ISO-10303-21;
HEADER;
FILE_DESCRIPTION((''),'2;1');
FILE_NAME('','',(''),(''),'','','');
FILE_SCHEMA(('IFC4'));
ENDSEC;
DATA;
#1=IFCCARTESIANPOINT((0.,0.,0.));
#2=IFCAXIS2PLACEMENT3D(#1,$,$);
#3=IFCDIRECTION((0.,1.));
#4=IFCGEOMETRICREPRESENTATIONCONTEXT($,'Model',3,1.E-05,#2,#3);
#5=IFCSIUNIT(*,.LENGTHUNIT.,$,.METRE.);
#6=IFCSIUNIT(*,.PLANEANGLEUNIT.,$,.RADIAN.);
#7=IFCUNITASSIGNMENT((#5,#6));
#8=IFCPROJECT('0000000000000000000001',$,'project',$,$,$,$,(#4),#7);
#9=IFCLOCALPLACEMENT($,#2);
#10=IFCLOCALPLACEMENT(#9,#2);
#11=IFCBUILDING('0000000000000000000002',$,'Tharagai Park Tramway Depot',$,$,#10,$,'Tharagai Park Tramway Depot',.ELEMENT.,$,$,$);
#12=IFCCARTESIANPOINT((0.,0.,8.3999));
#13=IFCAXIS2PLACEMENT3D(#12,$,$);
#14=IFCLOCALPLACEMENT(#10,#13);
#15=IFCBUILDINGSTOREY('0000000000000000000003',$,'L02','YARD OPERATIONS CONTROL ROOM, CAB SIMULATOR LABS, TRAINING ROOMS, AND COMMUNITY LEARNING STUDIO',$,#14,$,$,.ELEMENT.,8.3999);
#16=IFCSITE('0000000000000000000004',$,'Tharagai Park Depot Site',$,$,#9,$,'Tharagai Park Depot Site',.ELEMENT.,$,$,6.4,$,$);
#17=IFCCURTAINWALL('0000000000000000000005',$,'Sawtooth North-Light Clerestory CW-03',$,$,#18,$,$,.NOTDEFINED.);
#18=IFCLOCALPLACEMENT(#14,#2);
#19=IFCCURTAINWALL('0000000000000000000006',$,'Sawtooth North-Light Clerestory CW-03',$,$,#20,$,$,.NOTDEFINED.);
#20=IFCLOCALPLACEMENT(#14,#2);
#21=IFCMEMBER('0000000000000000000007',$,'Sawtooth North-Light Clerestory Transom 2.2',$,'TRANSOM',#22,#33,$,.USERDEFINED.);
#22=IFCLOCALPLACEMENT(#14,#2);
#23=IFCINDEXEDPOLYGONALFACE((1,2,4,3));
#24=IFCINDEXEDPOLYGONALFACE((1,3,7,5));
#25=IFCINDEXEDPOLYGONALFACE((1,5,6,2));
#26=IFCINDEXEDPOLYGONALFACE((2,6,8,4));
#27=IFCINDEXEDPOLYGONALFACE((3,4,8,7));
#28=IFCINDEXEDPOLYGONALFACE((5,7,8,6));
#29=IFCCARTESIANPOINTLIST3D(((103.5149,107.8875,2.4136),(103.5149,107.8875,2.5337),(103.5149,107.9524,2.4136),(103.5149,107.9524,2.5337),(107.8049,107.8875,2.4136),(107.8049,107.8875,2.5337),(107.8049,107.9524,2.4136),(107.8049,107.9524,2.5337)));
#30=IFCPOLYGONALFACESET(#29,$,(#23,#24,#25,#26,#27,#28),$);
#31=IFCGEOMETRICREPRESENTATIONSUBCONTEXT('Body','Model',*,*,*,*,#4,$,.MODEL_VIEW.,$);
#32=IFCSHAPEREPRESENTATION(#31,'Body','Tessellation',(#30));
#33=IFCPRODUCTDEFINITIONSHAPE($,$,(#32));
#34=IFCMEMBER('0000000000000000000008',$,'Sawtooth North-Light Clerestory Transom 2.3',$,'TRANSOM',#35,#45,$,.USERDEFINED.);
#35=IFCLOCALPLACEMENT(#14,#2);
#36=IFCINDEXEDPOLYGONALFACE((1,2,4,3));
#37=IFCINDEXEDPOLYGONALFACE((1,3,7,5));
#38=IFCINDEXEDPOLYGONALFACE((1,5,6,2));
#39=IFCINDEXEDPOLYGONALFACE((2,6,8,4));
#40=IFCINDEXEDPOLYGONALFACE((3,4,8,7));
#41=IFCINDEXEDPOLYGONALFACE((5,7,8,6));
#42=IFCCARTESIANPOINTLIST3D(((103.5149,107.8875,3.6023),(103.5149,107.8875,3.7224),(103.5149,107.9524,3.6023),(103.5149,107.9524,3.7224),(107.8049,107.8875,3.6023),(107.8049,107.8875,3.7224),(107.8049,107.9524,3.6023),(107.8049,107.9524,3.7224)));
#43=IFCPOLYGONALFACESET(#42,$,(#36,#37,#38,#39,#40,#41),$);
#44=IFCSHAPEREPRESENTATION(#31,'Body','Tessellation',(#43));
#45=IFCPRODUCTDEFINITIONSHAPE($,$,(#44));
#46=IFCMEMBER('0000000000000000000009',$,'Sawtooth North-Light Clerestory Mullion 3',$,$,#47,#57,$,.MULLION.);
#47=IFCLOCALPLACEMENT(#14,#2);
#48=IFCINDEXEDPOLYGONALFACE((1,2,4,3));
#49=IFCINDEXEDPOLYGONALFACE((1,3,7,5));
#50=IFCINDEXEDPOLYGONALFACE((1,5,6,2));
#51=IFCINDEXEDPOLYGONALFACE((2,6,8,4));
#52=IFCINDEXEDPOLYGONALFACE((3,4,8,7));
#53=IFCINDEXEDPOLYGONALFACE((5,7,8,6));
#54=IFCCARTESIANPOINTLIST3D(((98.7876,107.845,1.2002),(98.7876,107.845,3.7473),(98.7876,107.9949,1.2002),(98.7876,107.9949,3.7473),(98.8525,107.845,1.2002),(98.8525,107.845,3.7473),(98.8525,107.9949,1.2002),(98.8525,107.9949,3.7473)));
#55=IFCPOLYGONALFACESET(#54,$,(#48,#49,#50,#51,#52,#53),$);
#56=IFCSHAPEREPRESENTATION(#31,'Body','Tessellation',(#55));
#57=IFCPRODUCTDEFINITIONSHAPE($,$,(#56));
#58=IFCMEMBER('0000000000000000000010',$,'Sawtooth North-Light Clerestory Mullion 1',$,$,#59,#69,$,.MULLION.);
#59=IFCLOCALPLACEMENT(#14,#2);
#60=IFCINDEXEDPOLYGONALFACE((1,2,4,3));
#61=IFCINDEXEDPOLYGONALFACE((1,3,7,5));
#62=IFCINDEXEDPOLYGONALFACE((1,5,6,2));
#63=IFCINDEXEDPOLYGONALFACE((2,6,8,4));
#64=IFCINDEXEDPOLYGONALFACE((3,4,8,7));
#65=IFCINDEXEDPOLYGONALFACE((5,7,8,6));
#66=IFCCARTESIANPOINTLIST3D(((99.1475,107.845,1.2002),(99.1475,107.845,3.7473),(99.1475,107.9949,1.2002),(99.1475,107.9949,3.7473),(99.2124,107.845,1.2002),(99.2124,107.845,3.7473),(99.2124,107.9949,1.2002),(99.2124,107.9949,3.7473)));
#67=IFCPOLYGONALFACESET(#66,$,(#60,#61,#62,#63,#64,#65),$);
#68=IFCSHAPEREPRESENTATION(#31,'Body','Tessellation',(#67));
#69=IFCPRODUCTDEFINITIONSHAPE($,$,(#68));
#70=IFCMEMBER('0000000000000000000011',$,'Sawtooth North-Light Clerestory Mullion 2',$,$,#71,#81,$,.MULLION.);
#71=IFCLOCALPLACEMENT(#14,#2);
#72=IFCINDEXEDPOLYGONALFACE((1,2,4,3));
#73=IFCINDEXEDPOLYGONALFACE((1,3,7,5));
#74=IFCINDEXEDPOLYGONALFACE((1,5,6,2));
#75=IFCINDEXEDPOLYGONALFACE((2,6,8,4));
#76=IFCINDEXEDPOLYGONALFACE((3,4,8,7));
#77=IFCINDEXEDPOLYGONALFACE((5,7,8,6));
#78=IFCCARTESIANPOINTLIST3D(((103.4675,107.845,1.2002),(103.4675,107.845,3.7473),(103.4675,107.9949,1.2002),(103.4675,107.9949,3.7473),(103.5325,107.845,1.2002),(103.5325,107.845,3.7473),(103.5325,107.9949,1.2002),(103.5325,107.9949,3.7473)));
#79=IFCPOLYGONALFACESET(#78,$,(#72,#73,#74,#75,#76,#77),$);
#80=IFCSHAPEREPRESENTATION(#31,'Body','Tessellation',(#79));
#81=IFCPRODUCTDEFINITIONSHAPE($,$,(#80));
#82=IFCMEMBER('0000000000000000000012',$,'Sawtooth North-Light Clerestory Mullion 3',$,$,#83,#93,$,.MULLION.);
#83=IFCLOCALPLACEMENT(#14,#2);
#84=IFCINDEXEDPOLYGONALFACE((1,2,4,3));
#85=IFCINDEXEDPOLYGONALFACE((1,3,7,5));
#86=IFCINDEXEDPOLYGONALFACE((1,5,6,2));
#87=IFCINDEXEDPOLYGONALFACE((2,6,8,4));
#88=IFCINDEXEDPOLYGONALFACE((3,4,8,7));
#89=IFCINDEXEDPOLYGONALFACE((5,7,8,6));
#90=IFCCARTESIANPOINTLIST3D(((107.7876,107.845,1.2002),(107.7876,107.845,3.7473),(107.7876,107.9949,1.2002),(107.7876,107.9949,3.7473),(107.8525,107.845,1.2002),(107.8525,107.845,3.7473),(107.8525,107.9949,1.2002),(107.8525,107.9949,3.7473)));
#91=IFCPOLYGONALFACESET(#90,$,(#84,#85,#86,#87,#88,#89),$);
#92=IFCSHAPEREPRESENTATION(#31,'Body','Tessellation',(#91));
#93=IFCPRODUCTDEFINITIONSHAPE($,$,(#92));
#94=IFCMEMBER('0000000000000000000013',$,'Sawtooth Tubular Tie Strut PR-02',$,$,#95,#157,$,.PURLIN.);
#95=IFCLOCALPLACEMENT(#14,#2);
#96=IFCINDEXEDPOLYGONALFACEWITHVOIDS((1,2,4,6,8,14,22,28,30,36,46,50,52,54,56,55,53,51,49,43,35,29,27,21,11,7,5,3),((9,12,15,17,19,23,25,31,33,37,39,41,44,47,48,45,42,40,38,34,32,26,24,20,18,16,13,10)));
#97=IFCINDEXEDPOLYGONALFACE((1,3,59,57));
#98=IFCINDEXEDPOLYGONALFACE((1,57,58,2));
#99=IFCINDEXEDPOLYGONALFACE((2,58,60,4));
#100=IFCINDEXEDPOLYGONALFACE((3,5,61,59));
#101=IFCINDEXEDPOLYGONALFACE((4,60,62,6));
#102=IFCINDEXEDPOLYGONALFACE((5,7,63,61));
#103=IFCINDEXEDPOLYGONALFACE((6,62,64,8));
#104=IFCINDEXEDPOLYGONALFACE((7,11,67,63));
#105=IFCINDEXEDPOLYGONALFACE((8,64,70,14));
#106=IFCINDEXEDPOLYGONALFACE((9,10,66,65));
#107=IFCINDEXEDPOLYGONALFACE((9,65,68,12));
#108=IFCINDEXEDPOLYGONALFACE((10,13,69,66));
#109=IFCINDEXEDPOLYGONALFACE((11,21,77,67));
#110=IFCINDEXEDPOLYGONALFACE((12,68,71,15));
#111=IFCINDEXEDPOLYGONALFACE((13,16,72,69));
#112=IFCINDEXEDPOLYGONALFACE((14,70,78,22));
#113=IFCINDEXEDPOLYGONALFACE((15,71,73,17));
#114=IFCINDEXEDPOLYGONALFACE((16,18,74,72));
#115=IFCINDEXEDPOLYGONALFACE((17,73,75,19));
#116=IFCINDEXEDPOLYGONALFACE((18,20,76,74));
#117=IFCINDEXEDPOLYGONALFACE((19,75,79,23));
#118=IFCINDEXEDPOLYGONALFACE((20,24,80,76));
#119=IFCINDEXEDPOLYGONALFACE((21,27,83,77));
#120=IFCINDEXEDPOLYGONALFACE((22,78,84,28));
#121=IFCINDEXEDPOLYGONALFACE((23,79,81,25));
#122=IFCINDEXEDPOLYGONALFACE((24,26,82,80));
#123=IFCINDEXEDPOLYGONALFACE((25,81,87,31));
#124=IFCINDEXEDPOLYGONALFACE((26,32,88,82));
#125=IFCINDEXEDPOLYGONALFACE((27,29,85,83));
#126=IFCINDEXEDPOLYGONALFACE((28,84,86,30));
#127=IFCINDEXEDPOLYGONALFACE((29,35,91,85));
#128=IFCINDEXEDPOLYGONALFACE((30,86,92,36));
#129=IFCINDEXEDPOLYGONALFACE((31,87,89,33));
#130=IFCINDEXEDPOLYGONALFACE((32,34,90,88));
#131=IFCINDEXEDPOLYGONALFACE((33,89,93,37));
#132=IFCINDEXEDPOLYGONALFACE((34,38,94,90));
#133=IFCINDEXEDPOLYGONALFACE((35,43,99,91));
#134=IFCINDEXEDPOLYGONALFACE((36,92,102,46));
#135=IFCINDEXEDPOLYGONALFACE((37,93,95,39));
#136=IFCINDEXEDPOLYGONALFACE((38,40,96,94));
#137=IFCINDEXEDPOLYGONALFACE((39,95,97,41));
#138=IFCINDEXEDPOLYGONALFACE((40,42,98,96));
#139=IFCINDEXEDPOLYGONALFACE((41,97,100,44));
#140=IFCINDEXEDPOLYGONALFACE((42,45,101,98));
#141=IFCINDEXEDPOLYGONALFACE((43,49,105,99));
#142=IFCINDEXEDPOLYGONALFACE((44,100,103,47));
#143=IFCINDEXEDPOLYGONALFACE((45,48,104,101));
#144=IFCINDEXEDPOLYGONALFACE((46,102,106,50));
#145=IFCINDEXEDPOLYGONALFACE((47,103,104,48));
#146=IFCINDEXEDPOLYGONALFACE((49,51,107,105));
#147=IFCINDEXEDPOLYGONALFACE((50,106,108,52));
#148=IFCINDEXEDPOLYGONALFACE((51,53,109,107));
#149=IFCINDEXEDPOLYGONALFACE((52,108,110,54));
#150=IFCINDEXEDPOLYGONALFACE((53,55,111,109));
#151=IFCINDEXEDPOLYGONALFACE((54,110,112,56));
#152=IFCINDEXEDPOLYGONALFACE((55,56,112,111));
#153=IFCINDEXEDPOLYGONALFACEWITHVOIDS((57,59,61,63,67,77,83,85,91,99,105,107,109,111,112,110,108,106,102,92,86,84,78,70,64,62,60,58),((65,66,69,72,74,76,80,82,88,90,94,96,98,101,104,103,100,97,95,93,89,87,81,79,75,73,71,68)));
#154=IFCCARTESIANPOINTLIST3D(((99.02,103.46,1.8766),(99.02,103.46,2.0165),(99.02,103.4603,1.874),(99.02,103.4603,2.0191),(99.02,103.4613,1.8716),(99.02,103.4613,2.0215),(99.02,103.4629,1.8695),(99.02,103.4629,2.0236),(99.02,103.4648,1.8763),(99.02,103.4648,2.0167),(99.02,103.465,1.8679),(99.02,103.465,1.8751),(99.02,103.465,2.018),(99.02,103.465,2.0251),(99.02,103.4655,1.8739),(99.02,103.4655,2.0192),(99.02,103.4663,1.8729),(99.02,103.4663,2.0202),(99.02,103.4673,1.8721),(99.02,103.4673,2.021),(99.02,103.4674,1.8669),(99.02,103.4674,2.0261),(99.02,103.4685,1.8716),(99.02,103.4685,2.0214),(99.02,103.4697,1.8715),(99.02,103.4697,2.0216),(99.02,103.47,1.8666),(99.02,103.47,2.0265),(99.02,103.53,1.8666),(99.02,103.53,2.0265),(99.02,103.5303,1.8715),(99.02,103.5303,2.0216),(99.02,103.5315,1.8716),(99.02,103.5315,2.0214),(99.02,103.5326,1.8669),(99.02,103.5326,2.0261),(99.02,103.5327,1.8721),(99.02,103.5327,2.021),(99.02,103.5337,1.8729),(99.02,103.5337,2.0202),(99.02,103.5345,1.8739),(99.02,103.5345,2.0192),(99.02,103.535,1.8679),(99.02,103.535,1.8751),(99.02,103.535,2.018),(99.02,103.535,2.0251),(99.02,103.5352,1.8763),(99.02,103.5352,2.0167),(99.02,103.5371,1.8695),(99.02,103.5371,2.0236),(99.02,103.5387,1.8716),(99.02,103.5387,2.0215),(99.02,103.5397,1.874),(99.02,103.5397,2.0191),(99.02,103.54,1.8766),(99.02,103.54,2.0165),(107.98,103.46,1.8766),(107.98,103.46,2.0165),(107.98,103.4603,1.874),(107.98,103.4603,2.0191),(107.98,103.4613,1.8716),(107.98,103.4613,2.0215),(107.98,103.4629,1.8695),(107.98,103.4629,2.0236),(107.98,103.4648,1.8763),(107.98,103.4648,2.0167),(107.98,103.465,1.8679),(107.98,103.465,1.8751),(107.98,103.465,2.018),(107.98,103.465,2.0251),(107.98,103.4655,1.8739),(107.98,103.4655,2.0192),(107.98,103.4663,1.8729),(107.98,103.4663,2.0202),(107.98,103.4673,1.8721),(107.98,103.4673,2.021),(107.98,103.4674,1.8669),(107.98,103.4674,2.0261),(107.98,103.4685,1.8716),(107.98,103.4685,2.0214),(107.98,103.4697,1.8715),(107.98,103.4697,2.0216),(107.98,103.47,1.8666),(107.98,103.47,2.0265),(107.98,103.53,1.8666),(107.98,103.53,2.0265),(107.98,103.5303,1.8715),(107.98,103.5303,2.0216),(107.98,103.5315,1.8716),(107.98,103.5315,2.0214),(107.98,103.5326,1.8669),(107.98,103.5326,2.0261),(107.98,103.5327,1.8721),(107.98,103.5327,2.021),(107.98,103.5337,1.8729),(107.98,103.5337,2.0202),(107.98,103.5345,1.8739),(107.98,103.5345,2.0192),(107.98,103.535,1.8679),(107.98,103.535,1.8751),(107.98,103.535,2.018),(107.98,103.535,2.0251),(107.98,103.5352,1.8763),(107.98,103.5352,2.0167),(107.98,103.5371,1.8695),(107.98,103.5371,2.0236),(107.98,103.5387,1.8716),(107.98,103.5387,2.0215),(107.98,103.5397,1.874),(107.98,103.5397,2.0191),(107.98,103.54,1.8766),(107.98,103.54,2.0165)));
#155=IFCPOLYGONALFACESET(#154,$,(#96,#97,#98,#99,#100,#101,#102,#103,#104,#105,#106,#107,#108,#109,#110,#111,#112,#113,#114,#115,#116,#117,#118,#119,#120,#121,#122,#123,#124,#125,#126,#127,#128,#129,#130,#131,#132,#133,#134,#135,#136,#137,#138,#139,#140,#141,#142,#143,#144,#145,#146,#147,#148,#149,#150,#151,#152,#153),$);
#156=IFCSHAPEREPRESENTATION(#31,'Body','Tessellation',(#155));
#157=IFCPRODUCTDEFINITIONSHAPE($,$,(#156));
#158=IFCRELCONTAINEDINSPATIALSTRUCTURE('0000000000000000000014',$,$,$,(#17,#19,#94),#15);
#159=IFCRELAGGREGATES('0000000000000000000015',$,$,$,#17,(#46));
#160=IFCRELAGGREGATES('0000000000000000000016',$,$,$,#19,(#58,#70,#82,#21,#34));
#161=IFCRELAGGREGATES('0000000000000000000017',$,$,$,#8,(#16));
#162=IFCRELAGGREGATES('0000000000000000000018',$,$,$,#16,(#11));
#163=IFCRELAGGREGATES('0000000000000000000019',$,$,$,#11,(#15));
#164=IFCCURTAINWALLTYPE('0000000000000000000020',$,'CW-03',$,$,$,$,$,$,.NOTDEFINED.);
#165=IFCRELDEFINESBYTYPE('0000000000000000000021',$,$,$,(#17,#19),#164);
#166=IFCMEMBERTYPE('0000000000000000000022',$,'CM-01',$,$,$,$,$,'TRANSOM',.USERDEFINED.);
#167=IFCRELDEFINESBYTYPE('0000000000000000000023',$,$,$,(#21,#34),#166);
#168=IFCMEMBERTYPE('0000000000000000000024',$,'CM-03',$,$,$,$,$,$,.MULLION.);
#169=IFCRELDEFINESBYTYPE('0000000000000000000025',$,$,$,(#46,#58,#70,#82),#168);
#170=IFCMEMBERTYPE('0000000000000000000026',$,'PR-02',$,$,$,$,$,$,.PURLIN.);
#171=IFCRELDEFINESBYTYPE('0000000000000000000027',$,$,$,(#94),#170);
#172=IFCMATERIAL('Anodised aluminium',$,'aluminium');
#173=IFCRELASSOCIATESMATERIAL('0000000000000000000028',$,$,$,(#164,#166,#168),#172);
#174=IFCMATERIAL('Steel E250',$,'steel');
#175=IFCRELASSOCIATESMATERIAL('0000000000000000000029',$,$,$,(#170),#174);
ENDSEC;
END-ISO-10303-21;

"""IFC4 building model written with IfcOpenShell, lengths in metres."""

from ifc_helpers import new_model, si_unit, direction, frame, origin, origin_2d, place, context, subcontext, project, spatial, rectangle, hollow_rectangle, extrude, material, material_profile, profile_set, type_object, element, aggregate, save


model = new_model("IFC4")

# Units and contexts
model_context = context("Model", 3, precision=1e-05, world=origin(), true_north=direction((0.0, 1.0)))
body_context = subcontext(model_context, "Body", "Model", "MODEL_VIEW")
ifc_project = project(units=[si_unit("LENGTHUNIT", "METRE"), si_unit("PLANEANGLEUNIT", "RADIAN")], contexts=[model_context])

# Site, building, storey
site_placement = place(None, origin())
site = spatial("IfcSite", under=ifc_project, at=site_placement, Name="Tharagai Park Depot Site", LongName="Tharagai Park Depot Site", CompositionType="ELEMENT", RefElevation=6.4)
building_placement = place(site_placement, origin())
building = spatial("IfcBuilding", under=site, at=building_placement, Name="Tharagai Park Tramway Depot", LongName="Tharagai Park Tramway Depot", CompositionType="ELEMENT")
storey_placement = place(building_placement, frame((0.0, 0.0, 8.3999)))
storey = spatial("IfcBuildingStorey", under=building, at=storey_placement, Name="L02", Description="YARD OPERATIONS CONTROL ROOM, CAB SIMULATOR LABS, TRAINING ROOMS, AND COMMUNITY LEARNING STUDIO", CompositionType="ELEMENT", Elevation=8.3999)

# Curtain walls, members
ifc_material_1 = material(Name="Anodised aluminium", Category="aluminium")
curtain_wall_type = type_object("IfcCurtainWallType", Name="CW-03", PredefinedType="NOTDEFINED", material=ifc_material_1)
curtain_wall_1_placement = place(storey_placement, origin())
curtain_wall_1 = element("IfcCurtainWall", 1, at=curtain_wall_1_placement, inside=storey, type_object=curtain_wall_type, Name="Sawtooth North-Light Clerestory CW-03", PredefinedType="NOTDEFINED")
ifc_material_profile_1 = material_profile(ifc_material_1, rectangle(XDim=0.0649, YDim=0.1201, at=origin_2d()), Name="ALU 65x120")
ifc_profile_set_1 = profile_set([ifc_material_profile_1], Name="Anodised aluminium")
member_type_1 = type_object("IfcMemberType", Name="CM-01", ElementType="TRANSOM", PredefinedType="USERDEFINED", material=ifc_profile_set_1)
curtain_wall_2_placement = place(storey_placement, origin())
curtain_wall_2 = element("IfcCurtainWall", 2, at=curtain_wall_2_placement, inside=storey, type_object=curtain_wall_type, Name="Sawtooth North-Light Clerestory CW-03", PredefinedType="NOTDEFINED")
member_1_placement = place(storey_placement, frame((103.5149, 107.9199, 2.4736), z_axis=(1.0, 0.0, 0.0), x_axis=(0.0, 1.0, 0.0)))
member_1 = element("IfcMember", 3, at=member_1_placement, type_object=member_type_1, Name="Sawtooth North-Light Clerestory Transom 2.2", ObjectType="TRANSOM", PredefinedType="USERDEFINED", context=body_context, shape_type="SweptSolid", body=[
    extrude(rectangle(XDim=0.0649, YDim=0.1201, at=origin_2d()), origin(), (0.0, 0.0, 1.0), 4.29),
])
member_2_placement = place(storey_placement, frame((103.5149, 107.9199, 3.6624), z_axis=(1.0, 0.0, 0.0), x_axis=(0.0, 1.0, 0.0)))
member_2 = element("IfcMember", 4, at=member_2_placement, type_object=member_type_1, Name="Sawtooth North-Light Clerestory Transom 2.3", ObjectType="TRANSOM", PredefinedType="USERDEFINED", context=body_context, shape_type="SweptSolid", body=[
    extrude(rectangle(XDim=0.0649, YDim=0.1201, at=origin_2d()), origin(), (0.0, 0.0, 1.0), 4.29),
])

# Members
ifc_material_profile_2 = material_profile(ifc_material_1, rectangle(XDim=0.0649, YDim=0.1499, at=origin_2d()), Name="ALU 65x150")
ifc_profile_set_2 = profile_set([ifc_material_profile_2], Name="Anodised aluminium")
member_type_2 = type_object("IfcMemberType", Name="CM-03", PredefinedType="MULLION", material=ifc_profile_set_2)
member_3_placement = place(storey_placement, frame((98.8201, 107.9199, 1.2002), z_axis=(0.0, 0.0, 1.0), x_axis=(1.0, 0.0, 0.0)))
member_3 = element("IfcMember", 5, at=member_3_placement, type_object=member_type_2, Name="Sawtooth North-Light Clerestory Mullion 3", PredefinedType="MULLION", context=body_context, shape_type="SweptSolid", body=[
    extrude(rectangle(XDim=0.0649, YDim=0.1499, at=origin_2d()), origin(), (0.0, 0.0, 1.0), 2.5471),
])
member_4_placement = place(storey_placement, frame((99.1799, 107.9199, 1.2002), z_axis=(0.0, 0.0, 1.0), x_axis=(1.0, 0.0, 0.0)))
member_4 = element("IfcMember", 6, at=member_4_placement, type_object=member_type_2, Name="Sawtooth North-Light Clerestory Mullion 1", PredefinedType="MULLION", context=body_context, shape_type="SweptSolid", body=[
    extrude(rectangle(XDim=0.0649, YDim=0.1499, at=origin_2d()), origin(), (0.0, 0.0, 1.0), 2.5471),
])
member_5_placement = place(storey_placement, frame((103.5, 107.9199, 1.2002), z_axis=(0.0, 0.0, 1.0), x_axis=(1.0, 0.0, 0.0)))
member_5 = element("IfcMember", 7, at=member_5_placement, type_object=member_type_2, Name="Sawtooth North-Light Clerestory Mullion 2", PredefinedType="MULLION", context=body_context, shape_type="SweptSolid", body=[
    extrude(rectangle(XDim=0.0649, YDim=0.1499, at=origin_2d()), origin(), (0.0, 0.0, 1.0), 2.5471),
])
member_6_placement = place(storey_placement, frame((107.8201, 107.9199, 1.2002), z_axis=(0.0, 0.0, 1.0), x_axis=(1.0, 0.0, 0.0)))
member_6 = element("IfcMember", 8, at=member_6_placement, type_object=member_type_2, Name="Sawtooth North-Light Clerestory Mullion 3", PredefinedType="MULLION", context=body_context, shape_type="SweptSolid", body=[
    extrude(rectangle(XDim=0.0649, YDim=0.1499, at=origin_2d()), origin(), (0.0, 0.0, 1.0), 2.5471),
])

# Member
ifc_material_2 = material(Name="Steel E250", Category="steel")
ifc_material_profile_3 = material_profile(ifc_material_2, hollow_rectangle(XDim=0.0801, YDim=0.1599, WallThickness=0.0049, InnerFilletRadius=0.0049, OuterFilletRadius=0.01, at=origin_2d()), Name="RHS 160x80x5")
ifc_profile_set_3 = profile_set([ifc_material_profile_3], Name="Steel E250")
member_type_3 = type_object("IfcMemberType", Name="PR-02", PredefinedType="PURLIN", material=ifc_profile_set_3)
member_7_placement = place(storey_placement, frame((99.02, 103.5, 1.9465), z_axis=(1.0, 0.0, 0.0), x_axis=(0.0, 1.0, 0.0)))
element("IfcMember", 9, at=member_7_placement, inside=storey, type_object=member_type_3, Name="Sawtooth Tubular Tie Strut PR-02", PredefinedType="PURLIN", context=body_context, shape_type="SweptSolid", body=[
    extrude(hollow_rectangle(XDim=0.0801, YDim=0.1599, WallThickness=0.0049, InnerFilletRadius=0.0049, OuterFilletRadius=0.01, at=origin_2d()), origin(), (0.0, 0.0, 1.0), 8.96),
])

aggregate(curtain_wall_1, [member_3])
aggregate(curtain_wall_2, [member_4, member_5, member_6, member_1, member_2])

save(model, "model.ifc")
